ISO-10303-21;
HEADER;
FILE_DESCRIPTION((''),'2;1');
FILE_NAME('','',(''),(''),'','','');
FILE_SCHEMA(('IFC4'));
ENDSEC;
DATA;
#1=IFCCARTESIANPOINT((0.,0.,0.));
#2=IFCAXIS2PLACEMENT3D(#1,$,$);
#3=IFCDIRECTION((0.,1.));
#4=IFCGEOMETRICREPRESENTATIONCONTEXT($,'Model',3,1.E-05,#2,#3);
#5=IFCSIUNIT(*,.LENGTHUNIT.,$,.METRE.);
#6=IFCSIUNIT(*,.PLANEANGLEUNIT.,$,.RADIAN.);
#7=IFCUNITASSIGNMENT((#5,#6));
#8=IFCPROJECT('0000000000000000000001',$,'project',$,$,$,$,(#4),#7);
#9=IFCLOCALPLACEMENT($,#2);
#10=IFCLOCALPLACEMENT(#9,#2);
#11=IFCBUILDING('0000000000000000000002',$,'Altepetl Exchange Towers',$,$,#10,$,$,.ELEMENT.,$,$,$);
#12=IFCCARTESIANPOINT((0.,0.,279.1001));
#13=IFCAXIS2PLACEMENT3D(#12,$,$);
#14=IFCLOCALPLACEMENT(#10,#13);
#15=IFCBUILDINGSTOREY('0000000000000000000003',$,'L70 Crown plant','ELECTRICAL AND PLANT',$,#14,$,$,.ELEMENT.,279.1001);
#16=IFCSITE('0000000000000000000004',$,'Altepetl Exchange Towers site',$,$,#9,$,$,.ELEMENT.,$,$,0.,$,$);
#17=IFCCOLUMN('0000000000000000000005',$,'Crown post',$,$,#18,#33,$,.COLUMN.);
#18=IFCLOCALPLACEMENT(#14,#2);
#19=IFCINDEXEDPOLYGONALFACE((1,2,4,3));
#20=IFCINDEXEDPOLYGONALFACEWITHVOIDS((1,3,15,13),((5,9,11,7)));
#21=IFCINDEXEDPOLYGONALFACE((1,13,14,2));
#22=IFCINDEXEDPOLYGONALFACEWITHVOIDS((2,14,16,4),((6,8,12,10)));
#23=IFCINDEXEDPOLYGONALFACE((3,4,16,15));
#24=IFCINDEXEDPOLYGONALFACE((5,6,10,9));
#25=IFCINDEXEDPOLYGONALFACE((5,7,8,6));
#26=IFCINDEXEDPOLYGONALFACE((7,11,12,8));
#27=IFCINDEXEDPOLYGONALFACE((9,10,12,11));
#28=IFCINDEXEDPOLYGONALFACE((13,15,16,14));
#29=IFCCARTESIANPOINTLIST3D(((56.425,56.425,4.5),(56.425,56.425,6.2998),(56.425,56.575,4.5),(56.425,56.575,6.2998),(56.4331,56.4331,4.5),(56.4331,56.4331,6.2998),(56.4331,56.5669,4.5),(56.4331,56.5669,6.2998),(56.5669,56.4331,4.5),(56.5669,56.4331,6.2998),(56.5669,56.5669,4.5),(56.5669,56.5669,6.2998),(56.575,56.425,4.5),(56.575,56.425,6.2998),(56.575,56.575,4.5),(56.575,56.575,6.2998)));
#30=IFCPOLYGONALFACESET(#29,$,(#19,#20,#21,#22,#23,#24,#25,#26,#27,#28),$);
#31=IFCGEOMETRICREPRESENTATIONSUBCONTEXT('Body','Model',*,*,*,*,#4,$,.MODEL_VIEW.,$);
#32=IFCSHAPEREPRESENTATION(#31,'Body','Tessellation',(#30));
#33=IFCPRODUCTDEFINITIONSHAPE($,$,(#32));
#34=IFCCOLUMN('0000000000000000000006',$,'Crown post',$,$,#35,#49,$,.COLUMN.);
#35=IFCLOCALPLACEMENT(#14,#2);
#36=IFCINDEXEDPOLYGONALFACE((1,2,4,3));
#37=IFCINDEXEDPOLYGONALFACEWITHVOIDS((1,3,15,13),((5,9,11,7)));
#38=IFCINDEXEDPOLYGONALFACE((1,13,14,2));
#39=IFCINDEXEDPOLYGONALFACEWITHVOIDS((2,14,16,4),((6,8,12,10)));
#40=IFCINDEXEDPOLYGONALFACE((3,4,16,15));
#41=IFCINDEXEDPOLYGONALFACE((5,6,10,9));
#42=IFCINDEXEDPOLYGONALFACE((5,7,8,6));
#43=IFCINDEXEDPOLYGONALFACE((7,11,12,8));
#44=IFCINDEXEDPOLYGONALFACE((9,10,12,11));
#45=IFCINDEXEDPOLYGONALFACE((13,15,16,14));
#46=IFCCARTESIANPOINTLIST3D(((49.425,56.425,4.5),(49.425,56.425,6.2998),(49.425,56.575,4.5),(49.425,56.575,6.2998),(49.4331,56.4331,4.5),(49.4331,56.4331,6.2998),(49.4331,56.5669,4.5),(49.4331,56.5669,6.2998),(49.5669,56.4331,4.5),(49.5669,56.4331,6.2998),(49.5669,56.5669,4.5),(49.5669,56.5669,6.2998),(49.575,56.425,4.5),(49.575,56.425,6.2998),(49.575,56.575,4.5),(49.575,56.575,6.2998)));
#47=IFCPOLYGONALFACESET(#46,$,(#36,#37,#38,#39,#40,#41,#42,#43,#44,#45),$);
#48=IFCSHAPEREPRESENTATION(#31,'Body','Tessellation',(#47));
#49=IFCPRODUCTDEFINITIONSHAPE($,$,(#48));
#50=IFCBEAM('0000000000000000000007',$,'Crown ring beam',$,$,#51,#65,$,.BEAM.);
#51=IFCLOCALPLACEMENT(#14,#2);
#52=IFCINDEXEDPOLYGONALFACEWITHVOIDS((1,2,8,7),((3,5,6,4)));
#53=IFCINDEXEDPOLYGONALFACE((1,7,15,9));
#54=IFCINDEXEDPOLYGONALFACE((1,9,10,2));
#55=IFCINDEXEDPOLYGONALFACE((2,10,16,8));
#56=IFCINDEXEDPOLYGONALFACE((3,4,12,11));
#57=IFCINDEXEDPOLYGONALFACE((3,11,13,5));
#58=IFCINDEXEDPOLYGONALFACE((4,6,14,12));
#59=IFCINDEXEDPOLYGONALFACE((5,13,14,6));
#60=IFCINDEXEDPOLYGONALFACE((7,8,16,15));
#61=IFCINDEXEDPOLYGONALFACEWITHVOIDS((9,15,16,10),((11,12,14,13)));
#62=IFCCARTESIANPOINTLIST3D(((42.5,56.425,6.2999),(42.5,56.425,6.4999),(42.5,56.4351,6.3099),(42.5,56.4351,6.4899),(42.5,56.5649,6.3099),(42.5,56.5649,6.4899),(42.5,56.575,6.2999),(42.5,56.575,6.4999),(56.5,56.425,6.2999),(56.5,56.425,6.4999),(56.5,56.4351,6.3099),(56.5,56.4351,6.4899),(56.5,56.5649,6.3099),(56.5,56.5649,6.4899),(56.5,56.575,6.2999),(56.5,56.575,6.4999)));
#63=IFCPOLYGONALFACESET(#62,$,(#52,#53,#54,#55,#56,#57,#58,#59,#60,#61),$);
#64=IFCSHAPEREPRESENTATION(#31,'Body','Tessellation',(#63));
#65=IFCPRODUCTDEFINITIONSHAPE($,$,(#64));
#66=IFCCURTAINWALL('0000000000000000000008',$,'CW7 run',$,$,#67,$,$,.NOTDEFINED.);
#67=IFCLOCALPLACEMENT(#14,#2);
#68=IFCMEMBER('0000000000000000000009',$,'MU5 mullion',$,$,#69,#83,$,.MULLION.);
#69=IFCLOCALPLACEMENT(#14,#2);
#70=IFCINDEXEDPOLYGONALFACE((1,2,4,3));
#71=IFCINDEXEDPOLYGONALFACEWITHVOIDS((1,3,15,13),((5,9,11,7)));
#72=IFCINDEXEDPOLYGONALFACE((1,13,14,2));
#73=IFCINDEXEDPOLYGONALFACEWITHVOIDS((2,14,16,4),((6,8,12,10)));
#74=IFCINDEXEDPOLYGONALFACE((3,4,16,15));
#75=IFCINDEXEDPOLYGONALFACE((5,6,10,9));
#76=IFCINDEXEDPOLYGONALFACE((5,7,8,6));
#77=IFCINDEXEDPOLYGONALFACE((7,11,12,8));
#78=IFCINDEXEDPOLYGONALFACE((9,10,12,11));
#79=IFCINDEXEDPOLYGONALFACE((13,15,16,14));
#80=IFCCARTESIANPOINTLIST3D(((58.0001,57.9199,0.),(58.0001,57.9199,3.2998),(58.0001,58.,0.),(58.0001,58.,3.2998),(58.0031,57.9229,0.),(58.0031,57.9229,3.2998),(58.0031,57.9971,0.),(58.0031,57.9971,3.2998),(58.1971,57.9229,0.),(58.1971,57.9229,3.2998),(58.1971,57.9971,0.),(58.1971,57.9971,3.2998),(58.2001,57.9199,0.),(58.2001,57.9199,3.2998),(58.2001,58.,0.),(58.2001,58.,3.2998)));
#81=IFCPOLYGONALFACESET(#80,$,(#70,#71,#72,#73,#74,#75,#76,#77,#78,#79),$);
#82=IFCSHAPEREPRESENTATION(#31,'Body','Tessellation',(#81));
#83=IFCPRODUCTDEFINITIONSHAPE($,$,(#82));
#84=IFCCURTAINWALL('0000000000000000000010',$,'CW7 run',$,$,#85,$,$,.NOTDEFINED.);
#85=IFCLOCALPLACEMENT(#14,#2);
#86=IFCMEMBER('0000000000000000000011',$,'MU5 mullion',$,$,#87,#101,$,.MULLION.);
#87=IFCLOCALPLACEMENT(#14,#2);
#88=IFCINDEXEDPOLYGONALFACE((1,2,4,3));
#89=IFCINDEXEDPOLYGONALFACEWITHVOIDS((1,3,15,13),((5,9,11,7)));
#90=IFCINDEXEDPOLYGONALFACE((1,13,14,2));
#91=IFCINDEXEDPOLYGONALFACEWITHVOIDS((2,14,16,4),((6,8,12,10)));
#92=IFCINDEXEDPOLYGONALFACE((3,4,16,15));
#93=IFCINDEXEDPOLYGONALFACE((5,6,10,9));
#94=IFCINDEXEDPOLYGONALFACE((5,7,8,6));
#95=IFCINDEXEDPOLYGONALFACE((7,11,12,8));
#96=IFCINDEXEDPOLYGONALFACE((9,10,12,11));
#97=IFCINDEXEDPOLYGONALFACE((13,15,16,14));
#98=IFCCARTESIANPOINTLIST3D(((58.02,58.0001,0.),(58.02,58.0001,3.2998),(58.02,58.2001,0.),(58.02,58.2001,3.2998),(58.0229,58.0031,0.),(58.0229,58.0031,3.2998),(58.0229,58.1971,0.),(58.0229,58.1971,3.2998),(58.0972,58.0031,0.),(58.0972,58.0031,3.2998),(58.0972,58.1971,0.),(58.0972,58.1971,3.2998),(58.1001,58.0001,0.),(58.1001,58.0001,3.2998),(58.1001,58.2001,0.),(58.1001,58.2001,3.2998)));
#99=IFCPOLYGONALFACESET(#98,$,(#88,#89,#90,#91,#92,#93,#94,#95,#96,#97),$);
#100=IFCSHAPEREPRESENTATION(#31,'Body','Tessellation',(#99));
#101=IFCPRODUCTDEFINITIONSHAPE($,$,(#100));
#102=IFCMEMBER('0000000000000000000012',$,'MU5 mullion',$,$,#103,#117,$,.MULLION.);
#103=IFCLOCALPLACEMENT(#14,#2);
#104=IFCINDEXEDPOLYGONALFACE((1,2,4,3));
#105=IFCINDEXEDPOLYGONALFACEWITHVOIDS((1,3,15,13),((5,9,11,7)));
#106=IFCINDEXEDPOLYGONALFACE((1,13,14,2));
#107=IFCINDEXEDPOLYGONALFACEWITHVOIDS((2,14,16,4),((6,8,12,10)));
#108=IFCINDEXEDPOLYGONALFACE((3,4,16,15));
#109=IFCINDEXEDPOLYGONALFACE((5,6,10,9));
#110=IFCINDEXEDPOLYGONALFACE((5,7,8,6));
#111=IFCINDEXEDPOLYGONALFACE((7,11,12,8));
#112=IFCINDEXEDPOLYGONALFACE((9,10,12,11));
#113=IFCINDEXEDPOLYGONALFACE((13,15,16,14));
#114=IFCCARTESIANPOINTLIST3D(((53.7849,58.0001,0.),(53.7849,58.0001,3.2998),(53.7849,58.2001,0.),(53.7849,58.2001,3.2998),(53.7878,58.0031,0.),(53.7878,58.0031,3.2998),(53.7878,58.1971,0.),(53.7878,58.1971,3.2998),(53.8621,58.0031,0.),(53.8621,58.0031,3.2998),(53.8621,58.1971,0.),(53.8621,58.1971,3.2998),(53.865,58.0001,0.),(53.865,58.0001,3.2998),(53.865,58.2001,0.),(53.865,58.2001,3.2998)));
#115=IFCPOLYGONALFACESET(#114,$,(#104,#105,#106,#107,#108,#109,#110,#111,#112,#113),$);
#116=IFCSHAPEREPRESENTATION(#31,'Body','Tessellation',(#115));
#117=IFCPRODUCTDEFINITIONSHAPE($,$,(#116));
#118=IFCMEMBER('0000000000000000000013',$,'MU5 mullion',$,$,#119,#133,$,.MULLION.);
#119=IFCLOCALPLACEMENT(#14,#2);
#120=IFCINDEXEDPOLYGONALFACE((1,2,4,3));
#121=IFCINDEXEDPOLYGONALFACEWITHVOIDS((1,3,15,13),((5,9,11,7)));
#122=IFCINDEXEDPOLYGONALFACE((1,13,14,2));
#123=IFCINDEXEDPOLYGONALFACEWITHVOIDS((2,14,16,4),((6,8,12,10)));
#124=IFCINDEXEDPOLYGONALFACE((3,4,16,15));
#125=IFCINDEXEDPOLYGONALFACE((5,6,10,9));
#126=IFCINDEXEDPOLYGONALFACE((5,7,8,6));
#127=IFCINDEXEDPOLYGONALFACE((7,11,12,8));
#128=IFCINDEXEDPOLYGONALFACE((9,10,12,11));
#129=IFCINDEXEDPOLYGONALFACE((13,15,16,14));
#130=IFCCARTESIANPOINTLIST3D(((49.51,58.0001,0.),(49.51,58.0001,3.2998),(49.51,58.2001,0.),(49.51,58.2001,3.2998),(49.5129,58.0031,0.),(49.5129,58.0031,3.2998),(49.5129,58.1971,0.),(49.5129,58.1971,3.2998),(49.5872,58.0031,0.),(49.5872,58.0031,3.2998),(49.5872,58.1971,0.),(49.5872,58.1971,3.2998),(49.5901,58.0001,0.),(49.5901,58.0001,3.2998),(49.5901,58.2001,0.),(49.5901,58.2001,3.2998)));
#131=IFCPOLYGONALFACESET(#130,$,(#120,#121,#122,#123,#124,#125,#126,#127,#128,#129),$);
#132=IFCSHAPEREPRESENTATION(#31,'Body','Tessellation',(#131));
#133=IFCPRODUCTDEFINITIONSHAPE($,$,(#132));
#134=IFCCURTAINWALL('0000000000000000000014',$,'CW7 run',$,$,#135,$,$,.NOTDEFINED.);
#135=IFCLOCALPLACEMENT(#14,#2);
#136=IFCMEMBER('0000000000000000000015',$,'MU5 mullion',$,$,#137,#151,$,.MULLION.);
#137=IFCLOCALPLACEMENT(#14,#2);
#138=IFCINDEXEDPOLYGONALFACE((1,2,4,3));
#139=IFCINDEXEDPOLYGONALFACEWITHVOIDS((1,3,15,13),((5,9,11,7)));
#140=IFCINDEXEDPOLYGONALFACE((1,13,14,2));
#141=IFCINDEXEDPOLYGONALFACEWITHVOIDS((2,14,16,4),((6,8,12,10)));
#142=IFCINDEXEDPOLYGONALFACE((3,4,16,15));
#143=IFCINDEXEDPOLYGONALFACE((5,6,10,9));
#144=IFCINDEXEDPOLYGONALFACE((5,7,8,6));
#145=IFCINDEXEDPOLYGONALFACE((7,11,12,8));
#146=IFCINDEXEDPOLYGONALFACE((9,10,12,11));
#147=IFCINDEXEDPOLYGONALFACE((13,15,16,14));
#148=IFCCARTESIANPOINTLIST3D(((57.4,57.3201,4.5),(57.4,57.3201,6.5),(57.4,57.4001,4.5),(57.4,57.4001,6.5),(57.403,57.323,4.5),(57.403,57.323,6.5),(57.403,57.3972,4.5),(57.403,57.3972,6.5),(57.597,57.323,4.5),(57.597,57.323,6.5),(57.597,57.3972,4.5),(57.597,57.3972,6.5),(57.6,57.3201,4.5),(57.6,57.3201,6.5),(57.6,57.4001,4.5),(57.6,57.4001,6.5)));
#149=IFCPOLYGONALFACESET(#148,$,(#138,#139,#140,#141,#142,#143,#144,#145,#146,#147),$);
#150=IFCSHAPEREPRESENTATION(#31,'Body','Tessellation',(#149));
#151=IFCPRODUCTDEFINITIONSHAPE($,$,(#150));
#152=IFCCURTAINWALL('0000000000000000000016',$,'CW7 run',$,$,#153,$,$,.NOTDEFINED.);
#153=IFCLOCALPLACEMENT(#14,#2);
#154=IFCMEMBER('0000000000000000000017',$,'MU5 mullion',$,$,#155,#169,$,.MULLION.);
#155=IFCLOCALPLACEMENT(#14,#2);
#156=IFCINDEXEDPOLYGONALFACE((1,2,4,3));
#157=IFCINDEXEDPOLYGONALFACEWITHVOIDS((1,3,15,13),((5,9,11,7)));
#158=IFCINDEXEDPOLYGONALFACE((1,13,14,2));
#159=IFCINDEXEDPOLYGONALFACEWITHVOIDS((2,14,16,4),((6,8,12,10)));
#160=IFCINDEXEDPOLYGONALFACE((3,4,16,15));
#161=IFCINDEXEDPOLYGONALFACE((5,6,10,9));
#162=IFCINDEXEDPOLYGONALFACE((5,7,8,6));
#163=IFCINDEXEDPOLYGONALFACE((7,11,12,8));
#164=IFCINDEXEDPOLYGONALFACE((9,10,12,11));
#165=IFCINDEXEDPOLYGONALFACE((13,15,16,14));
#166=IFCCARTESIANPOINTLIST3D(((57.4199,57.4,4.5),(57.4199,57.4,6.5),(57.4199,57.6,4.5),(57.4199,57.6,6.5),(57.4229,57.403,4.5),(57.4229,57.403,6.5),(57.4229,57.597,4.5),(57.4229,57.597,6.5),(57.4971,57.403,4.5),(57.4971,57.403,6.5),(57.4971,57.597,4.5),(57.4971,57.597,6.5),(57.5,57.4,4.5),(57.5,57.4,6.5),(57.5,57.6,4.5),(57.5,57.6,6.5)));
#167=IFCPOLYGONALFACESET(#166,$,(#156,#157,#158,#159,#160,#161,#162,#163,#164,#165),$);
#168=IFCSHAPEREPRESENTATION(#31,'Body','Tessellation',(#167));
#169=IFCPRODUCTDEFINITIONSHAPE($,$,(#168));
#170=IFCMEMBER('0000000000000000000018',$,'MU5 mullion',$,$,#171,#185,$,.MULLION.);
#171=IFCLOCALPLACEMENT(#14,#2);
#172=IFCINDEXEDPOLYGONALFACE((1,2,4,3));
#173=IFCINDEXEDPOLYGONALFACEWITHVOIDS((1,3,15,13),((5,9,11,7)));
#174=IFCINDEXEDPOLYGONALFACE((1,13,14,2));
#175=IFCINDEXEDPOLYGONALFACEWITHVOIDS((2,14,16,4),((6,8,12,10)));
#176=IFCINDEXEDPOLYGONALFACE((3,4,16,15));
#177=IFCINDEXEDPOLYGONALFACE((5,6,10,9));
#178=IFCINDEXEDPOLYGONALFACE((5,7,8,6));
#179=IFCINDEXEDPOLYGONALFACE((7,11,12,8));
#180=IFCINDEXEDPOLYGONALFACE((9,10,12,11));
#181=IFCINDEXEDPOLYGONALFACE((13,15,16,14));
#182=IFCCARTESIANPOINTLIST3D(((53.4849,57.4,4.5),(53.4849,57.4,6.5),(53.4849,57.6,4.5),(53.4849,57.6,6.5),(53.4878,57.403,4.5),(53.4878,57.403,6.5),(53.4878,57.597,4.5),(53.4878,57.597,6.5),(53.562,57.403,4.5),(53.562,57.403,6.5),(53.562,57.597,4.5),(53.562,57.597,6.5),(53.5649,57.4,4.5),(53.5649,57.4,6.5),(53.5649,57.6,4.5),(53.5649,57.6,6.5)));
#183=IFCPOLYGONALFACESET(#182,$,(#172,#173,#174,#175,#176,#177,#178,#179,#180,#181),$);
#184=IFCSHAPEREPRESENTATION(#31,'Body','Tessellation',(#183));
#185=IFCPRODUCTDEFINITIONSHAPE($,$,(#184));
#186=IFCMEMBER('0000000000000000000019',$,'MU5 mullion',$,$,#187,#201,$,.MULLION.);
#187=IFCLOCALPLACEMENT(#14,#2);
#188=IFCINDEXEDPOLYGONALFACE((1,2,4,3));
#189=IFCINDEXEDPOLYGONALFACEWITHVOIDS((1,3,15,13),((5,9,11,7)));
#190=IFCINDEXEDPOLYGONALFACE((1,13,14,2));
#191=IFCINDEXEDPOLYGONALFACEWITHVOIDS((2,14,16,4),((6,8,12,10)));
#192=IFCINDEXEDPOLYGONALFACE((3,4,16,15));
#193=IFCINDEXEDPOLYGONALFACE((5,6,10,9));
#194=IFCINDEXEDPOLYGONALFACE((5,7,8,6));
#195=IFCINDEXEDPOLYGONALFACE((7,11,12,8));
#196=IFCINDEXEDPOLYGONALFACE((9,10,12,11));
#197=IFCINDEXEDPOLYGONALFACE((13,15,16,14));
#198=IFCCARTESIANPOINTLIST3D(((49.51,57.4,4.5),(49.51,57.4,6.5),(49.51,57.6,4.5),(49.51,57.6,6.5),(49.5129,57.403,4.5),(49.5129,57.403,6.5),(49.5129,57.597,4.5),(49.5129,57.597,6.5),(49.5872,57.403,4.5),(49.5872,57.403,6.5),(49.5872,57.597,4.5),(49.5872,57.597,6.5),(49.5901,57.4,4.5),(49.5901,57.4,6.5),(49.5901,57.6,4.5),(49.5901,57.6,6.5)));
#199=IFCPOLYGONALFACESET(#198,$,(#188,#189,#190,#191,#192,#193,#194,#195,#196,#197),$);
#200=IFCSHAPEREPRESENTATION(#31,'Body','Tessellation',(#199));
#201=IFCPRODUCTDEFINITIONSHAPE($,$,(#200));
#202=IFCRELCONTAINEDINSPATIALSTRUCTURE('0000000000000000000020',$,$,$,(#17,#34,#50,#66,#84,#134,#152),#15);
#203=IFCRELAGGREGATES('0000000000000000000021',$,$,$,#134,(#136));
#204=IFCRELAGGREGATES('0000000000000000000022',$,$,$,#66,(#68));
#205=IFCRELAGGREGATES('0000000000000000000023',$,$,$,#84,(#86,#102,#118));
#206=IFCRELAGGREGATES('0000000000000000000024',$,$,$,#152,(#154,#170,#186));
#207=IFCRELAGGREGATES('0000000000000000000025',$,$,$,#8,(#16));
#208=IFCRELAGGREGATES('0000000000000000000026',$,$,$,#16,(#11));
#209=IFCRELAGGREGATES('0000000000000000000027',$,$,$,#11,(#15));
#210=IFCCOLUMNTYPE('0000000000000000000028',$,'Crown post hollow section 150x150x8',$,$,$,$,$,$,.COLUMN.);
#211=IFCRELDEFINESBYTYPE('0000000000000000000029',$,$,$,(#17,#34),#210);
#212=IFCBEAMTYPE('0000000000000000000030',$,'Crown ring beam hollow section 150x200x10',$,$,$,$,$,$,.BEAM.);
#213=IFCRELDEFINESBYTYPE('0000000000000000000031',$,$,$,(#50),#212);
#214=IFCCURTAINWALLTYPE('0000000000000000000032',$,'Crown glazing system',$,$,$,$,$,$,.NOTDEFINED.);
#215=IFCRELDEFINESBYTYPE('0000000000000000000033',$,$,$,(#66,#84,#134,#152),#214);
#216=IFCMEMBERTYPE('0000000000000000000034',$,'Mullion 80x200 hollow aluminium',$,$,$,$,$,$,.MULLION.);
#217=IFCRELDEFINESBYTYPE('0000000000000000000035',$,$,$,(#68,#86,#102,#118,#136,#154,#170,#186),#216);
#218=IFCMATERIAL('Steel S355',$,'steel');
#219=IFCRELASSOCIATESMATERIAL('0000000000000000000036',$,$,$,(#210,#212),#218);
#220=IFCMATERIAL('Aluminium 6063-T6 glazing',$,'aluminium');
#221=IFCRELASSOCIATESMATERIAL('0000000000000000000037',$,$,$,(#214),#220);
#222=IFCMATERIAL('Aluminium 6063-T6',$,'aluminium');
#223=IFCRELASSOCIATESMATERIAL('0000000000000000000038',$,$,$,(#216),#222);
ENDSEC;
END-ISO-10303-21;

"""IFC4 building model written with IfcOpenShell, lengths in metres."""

from ifc_helpers import new_model, si_unit, direction, frame, origin, origin_2d, place, context, subcontext, project, spatial, hollow_rectangle, extrude, material, material_profile, profile_set, type_object, element, aggregate, save


model = new_model("IFC4")

# Units and contexts
model_context = context("Model", 3, precision=1e-05, world=origin(), true_north=direction((0.0, 1.0)))
body_context = subcontext(model_context, "Body", "Model", "MODEL_VIEW")
ifc_project = project(units=[si_unit("LENGTHUNIT", "METRE"), si_unit("PLANEANGLEUNIT", "RADIAN")], contexts=[model_context])

# Site, building, storey
site_placement = place(None, origin())
site = spatial("IfcSite", under=ifc_project, at=site_placement, Name="Altepetl Exchange Towers site", CompositionType="ELEMENT", RefElevation=0.0)
building_placement = place(site_placement, origin())
building = spatial("IfcBuilding", under=site, at=building_placement, Name="Altepetl Exchange Towers", CompositionType="ELEMENT")
storey_placement = place(building_placement, frame((0.0, 0.0, 279.1001)))
storey = spatial("IfcBuildingStorey", under=building, at=storey_placement, Name="L70 Crown plant", Description="ELECTRICAL AND PLANT", CompositionType="ELEMENT", Elevation=279.1001)

# Columns
ifc_material_1 = material(Name="Steel S355", Category="steel")
ifc_material_profile_1 = material_profile(ifc_material_1, hollow_rectangle(XDim=0.1499, YDim=0.1499, WallThickness=0.0081, at=origin_2d()), Name="RHS 150x150x8")
ifc_profile_set_1 = profile_set([ifc_material_profile_1], Name="Steel S355")
column_type = type_object("IfcColumnType", Name="Crown post hollow section 150x150x8", PredefinedType="COLUMN", material=ifc_profile_set_1)
for number, where, name in (
    (1, (56.5, 56.5, 4.5), "Crown post"),
    (2, (49.5, 56.5, 4.5), "Crown post"),
):
    element("IfcColumn", number, at=place(storey_placement, frame(where)), inside=storey, type_object=column_type, Name=name, PredefinedType="COLUMN", context=body_context, shape_type="SweptSolid", body=[
        extrude(hollow_rectangle(XDim=0.1499, YDim=0.1499, WallThickness=0.0081, at=origin_2d()), origin(), (0.0, 0.0, 1.0), 1.7998),
    ])

# Beam
ifc_material_profile_2 = material_profile(ifc_material_1, hollow_rectangle(XDim=0.1499, YDim=0.2, WallThickness=0.01, at=origin_2d()), Name="RHS 200x150x10")
ifc_profile_set_2 = profile_set([ifc_material_profile_2], Name="Steel S355")
beam_type = type_object("IfcBeamType", Name="Crown ring beam hollow section 150x200x10", PredefinedType="BEAM", material=ifc_profile_set_2)
beam_placement = place(storey_placement, frame((56.5, 56.5, 6.3999), z_axis=(-1.0, 0.0, 0.0), x_axis=(0.0, -1.0, 0.0)))
element("IfcBeam", 3, at=beam_placement, inside=storey, type_object=beam_type, Name="Crown ring beam", PredefinedType="BEAM", context=body_context, shape_type="SweptSolid", body=[
    extrude(hollow_rectangle(XDim=0.1499, YDim=0.2, WallThickness=0.01, at=origin_2d()), origin(), (0.0, 0.0, 1.0), 14.0),
])

# Curtain wall, member
ifc_material_2 = material(Name="Aluminium 6063-T6 glazing", Category="aluminium")
curtain_wall_type = type_object("IfcCurtainWallType", Name="Crown glazing system", PredefinedType="NOTDEFINED", material=ifc_material_2)
curtain_wall_1_placement = place(storey_placement, origin())
curtain_wall_1 = element("IfcCurtainWall", 4, at=curtain_wall_1_placement, inside=storey, type_object=curtain_wall_type, Name="CW7 run", PredefinedType="NOTDEFINED")
ifc_material_3 = material(Name="Aluminium 6063-T6", Category="aluminium")
ifc_material_profile_3 = material_profile(ifc_material_3, hollow_rectangle(XDim=0.0801, YDim=0.2, WallThickness=0.0029, at=origin_2d()), Name="Mullion 80x200 hollow aluminium")
ifc_profile_set_3 = profile_set([ifc_material_profile_3], Name="Aluminium 6063-T6")
member_type = type_object("IfcMemberType", Name="Mullion 80x200 hollow aluminium", PredefinedType="MULLION", material=ifc_profile_set_3)
member_1_placement = place(storey_placement, frame((58.1001, 57.96, 0.0), z_axis=(0.0, 0.0, 1.0), x_axis=(0.0, 1.0, 0.0)))
member_1 = element("IfcMember", 5, at=member_1_placement, type_object=member_type, Name="MU5 mullion", PredefinedType="MULLION", context=body_context, shape_type="SweptSolid", body=[
    extrude(hollow_rectangle(XDim=0.0801, YDim=0.2, WallThickness=0.0029, at=origin_2d()), origin(), (0.0, 0.0, 1.0), 3.2998),
])

# Curtain wall, members
curtain_wall_2_placement = place(storey_placement, origin())
curtain_wall_2 = element("IfcCurtainWall", 6, at=curtain_wall_2_placement, inside=storey, type_object=curtain_wall_type, Name="CW7 run", PredefinedType="NOTDEFINED")
member_2_placement = place(storey_placement, frame((58.0601, 58.1001, 0.0), z_axis=(0.0, 0.0, 1.0), x_axis=(-1.0, 0.0, 0.0)))
member_2 = element("IfcMember", 7, at=member_2_placement, type_object=member_type, Name="MU5 mullion", PredefinedType="MULLION", context=body_context, shape_type="SweptSolid", body=[
    extrude(hollow_rectangle(XDim=0.0801, YDim=0.2, WallThickness=0.0029, at=origin_2d()), origin(), (0.0, 0.0, 1.0), 3.2998),
])
member_3_placement = place(storey_placement, frame((53.825, 58.1001, 0.0), z_axis=(0.0, 0.0, 1.0), x_axis=(-1.0, 0.0, 0.0)))
member_3 = element("IfcMember", 8, at=member_3_placement, type_object=member_type, Name="MU5 mullion", PredefinedType="MULLION", context=body_context, shape_type="SweptSolid", body=[
    extrude(hollow_rectangle(XDim=0.0801, YDim=0.2, WallThickness=0.0029, at=origin_2d()), origin(), (0.0, 0.0, 1.0), 3.2998),
])
member_4_placement = place(storey_placement, frame((49.55, 58.1001, 0.0), z_axis=(0.0, 0.0, 1.0), x_axis=(-1.0, 0.0, 0.0)))
member_4 = element("IfcMember", 9, at=member_4_placement, type_object=member_type, Name="MU5 mullion", PredefinedType="MULLION", context=body_context, shape_type="SweptSolid", body=[
    extrude(hollow_rectangle(XDim=0.0801, YDim=0.2, WallThickness=0.0029, at=origin_2d()), origin(), (0.0, 0.0, 1.0), 3.2998),
])

# Curtain wall, member
curtain_wall_3_placement = place(storey_placement, origin())
curtain_wall_3 = element("IfcCurtainWall", 10, at=curtain_wall_3_placement, inside=storey, type_object=curtain_wall_type, Name="CW7 run", PredefinedType="NOTDEFINED")
member_5_placement = place(storey_placement, frame((57.5, 57.3601, 4.5), z_axis=(0.0, 0.0, 1.0), x_axis=(0.0, 1.0, 0.0)))
member_5 = element("IfcMember", 11, at=member_5_placement, type_object=member_type, Name="MU5 mullion", PredefinedType="MULLION", context=body_context, shape_type="SweptSolid", body=[
    extrude(hollow_rectangle(XDim=0.0801, YDim=0.2, WallThickness=0.0029, at=origin_2d()), origin(), (0.0, 0.0, 1.0), 2.0),
])
aggregate(curtain_wall_3, [member_5])

# Curtain wall, members
curtain_wall_4_placement = place(storey_placement, origin())
curtain_wall_4 = element("IfcCurtainWall", 12, at=curtain_wall_4_placement, inside=storey, type_object=curtain_wall_type, Name="CW7 run", PredefinedType="NOTDEFINED")
member_6_placement = place(storey_placement, frame((57.46, 57.5, 4.5), z_axis=(0.0, 0.0, 1.0), x_axis=(-1.0, 0.0, 0.0)))
member_6 = element("IfcMember", 13, at=member_6_placement, type_object=member_type, Name="MU5 mullion", PredefinedType="MULLION", context=body_context, shape_type="SweptSolid", body=[
    extrude(hollow_rectangle(XDim=0.0801, YDim=0.2, WallThickness=0.0029, at=origin_2d()), origin(), (0.0, 0.0, 1.0), 2.0),
])
member_7_placement = place(storey_placement, frame((53.5249, 57.5, 4.5), z_axis=(0.0, 0.0, 1.0), x_axis=(-1.0, 0.0, 0.0)))
member_7 = element("IfcMember", 14, at=member_7_placement, type_object=member_type, Name="MU5 mullion", PredefinedType="MULLION", context=body_context, shape_type="SweptSolid", body=[
    extrude(hollow_rectangle(XDim=0.0801, YDim=0.2, WallThickness=0.0029, at=origin_2d()), origin(), (0.0, 0.0, 1.0), 2.0),
])
member_8_placement = place(storey_placement, frame((49.55, 57.5, 4.5), z_axis=(0.0, 0.0, 1.0), x_axis=(-1.0, 0.0, 0.0)))
member_8 = element("IfcMember", 15, at=member_8_placement, type_object=member_type, Name="MU5 mullion", PredefinedType="MULLION", context=body_context, shape_type="SweptSolid", body=[
    extrude(hollow_rectangle(XDim=0.0801, YDim=0.2, WallThickness=0.0029, at=origin_2d()), origin(), (0.0, 0.0, 1.0), 2.0),
])

aggregate(curtain_wall_1, [member_1])
aggregate(curtain_wall_2, [member_2, member_3, member_4])
aggregate(curtain_wall_4, [member_6, member_7, member_8])

save(model, "model.ifc")
